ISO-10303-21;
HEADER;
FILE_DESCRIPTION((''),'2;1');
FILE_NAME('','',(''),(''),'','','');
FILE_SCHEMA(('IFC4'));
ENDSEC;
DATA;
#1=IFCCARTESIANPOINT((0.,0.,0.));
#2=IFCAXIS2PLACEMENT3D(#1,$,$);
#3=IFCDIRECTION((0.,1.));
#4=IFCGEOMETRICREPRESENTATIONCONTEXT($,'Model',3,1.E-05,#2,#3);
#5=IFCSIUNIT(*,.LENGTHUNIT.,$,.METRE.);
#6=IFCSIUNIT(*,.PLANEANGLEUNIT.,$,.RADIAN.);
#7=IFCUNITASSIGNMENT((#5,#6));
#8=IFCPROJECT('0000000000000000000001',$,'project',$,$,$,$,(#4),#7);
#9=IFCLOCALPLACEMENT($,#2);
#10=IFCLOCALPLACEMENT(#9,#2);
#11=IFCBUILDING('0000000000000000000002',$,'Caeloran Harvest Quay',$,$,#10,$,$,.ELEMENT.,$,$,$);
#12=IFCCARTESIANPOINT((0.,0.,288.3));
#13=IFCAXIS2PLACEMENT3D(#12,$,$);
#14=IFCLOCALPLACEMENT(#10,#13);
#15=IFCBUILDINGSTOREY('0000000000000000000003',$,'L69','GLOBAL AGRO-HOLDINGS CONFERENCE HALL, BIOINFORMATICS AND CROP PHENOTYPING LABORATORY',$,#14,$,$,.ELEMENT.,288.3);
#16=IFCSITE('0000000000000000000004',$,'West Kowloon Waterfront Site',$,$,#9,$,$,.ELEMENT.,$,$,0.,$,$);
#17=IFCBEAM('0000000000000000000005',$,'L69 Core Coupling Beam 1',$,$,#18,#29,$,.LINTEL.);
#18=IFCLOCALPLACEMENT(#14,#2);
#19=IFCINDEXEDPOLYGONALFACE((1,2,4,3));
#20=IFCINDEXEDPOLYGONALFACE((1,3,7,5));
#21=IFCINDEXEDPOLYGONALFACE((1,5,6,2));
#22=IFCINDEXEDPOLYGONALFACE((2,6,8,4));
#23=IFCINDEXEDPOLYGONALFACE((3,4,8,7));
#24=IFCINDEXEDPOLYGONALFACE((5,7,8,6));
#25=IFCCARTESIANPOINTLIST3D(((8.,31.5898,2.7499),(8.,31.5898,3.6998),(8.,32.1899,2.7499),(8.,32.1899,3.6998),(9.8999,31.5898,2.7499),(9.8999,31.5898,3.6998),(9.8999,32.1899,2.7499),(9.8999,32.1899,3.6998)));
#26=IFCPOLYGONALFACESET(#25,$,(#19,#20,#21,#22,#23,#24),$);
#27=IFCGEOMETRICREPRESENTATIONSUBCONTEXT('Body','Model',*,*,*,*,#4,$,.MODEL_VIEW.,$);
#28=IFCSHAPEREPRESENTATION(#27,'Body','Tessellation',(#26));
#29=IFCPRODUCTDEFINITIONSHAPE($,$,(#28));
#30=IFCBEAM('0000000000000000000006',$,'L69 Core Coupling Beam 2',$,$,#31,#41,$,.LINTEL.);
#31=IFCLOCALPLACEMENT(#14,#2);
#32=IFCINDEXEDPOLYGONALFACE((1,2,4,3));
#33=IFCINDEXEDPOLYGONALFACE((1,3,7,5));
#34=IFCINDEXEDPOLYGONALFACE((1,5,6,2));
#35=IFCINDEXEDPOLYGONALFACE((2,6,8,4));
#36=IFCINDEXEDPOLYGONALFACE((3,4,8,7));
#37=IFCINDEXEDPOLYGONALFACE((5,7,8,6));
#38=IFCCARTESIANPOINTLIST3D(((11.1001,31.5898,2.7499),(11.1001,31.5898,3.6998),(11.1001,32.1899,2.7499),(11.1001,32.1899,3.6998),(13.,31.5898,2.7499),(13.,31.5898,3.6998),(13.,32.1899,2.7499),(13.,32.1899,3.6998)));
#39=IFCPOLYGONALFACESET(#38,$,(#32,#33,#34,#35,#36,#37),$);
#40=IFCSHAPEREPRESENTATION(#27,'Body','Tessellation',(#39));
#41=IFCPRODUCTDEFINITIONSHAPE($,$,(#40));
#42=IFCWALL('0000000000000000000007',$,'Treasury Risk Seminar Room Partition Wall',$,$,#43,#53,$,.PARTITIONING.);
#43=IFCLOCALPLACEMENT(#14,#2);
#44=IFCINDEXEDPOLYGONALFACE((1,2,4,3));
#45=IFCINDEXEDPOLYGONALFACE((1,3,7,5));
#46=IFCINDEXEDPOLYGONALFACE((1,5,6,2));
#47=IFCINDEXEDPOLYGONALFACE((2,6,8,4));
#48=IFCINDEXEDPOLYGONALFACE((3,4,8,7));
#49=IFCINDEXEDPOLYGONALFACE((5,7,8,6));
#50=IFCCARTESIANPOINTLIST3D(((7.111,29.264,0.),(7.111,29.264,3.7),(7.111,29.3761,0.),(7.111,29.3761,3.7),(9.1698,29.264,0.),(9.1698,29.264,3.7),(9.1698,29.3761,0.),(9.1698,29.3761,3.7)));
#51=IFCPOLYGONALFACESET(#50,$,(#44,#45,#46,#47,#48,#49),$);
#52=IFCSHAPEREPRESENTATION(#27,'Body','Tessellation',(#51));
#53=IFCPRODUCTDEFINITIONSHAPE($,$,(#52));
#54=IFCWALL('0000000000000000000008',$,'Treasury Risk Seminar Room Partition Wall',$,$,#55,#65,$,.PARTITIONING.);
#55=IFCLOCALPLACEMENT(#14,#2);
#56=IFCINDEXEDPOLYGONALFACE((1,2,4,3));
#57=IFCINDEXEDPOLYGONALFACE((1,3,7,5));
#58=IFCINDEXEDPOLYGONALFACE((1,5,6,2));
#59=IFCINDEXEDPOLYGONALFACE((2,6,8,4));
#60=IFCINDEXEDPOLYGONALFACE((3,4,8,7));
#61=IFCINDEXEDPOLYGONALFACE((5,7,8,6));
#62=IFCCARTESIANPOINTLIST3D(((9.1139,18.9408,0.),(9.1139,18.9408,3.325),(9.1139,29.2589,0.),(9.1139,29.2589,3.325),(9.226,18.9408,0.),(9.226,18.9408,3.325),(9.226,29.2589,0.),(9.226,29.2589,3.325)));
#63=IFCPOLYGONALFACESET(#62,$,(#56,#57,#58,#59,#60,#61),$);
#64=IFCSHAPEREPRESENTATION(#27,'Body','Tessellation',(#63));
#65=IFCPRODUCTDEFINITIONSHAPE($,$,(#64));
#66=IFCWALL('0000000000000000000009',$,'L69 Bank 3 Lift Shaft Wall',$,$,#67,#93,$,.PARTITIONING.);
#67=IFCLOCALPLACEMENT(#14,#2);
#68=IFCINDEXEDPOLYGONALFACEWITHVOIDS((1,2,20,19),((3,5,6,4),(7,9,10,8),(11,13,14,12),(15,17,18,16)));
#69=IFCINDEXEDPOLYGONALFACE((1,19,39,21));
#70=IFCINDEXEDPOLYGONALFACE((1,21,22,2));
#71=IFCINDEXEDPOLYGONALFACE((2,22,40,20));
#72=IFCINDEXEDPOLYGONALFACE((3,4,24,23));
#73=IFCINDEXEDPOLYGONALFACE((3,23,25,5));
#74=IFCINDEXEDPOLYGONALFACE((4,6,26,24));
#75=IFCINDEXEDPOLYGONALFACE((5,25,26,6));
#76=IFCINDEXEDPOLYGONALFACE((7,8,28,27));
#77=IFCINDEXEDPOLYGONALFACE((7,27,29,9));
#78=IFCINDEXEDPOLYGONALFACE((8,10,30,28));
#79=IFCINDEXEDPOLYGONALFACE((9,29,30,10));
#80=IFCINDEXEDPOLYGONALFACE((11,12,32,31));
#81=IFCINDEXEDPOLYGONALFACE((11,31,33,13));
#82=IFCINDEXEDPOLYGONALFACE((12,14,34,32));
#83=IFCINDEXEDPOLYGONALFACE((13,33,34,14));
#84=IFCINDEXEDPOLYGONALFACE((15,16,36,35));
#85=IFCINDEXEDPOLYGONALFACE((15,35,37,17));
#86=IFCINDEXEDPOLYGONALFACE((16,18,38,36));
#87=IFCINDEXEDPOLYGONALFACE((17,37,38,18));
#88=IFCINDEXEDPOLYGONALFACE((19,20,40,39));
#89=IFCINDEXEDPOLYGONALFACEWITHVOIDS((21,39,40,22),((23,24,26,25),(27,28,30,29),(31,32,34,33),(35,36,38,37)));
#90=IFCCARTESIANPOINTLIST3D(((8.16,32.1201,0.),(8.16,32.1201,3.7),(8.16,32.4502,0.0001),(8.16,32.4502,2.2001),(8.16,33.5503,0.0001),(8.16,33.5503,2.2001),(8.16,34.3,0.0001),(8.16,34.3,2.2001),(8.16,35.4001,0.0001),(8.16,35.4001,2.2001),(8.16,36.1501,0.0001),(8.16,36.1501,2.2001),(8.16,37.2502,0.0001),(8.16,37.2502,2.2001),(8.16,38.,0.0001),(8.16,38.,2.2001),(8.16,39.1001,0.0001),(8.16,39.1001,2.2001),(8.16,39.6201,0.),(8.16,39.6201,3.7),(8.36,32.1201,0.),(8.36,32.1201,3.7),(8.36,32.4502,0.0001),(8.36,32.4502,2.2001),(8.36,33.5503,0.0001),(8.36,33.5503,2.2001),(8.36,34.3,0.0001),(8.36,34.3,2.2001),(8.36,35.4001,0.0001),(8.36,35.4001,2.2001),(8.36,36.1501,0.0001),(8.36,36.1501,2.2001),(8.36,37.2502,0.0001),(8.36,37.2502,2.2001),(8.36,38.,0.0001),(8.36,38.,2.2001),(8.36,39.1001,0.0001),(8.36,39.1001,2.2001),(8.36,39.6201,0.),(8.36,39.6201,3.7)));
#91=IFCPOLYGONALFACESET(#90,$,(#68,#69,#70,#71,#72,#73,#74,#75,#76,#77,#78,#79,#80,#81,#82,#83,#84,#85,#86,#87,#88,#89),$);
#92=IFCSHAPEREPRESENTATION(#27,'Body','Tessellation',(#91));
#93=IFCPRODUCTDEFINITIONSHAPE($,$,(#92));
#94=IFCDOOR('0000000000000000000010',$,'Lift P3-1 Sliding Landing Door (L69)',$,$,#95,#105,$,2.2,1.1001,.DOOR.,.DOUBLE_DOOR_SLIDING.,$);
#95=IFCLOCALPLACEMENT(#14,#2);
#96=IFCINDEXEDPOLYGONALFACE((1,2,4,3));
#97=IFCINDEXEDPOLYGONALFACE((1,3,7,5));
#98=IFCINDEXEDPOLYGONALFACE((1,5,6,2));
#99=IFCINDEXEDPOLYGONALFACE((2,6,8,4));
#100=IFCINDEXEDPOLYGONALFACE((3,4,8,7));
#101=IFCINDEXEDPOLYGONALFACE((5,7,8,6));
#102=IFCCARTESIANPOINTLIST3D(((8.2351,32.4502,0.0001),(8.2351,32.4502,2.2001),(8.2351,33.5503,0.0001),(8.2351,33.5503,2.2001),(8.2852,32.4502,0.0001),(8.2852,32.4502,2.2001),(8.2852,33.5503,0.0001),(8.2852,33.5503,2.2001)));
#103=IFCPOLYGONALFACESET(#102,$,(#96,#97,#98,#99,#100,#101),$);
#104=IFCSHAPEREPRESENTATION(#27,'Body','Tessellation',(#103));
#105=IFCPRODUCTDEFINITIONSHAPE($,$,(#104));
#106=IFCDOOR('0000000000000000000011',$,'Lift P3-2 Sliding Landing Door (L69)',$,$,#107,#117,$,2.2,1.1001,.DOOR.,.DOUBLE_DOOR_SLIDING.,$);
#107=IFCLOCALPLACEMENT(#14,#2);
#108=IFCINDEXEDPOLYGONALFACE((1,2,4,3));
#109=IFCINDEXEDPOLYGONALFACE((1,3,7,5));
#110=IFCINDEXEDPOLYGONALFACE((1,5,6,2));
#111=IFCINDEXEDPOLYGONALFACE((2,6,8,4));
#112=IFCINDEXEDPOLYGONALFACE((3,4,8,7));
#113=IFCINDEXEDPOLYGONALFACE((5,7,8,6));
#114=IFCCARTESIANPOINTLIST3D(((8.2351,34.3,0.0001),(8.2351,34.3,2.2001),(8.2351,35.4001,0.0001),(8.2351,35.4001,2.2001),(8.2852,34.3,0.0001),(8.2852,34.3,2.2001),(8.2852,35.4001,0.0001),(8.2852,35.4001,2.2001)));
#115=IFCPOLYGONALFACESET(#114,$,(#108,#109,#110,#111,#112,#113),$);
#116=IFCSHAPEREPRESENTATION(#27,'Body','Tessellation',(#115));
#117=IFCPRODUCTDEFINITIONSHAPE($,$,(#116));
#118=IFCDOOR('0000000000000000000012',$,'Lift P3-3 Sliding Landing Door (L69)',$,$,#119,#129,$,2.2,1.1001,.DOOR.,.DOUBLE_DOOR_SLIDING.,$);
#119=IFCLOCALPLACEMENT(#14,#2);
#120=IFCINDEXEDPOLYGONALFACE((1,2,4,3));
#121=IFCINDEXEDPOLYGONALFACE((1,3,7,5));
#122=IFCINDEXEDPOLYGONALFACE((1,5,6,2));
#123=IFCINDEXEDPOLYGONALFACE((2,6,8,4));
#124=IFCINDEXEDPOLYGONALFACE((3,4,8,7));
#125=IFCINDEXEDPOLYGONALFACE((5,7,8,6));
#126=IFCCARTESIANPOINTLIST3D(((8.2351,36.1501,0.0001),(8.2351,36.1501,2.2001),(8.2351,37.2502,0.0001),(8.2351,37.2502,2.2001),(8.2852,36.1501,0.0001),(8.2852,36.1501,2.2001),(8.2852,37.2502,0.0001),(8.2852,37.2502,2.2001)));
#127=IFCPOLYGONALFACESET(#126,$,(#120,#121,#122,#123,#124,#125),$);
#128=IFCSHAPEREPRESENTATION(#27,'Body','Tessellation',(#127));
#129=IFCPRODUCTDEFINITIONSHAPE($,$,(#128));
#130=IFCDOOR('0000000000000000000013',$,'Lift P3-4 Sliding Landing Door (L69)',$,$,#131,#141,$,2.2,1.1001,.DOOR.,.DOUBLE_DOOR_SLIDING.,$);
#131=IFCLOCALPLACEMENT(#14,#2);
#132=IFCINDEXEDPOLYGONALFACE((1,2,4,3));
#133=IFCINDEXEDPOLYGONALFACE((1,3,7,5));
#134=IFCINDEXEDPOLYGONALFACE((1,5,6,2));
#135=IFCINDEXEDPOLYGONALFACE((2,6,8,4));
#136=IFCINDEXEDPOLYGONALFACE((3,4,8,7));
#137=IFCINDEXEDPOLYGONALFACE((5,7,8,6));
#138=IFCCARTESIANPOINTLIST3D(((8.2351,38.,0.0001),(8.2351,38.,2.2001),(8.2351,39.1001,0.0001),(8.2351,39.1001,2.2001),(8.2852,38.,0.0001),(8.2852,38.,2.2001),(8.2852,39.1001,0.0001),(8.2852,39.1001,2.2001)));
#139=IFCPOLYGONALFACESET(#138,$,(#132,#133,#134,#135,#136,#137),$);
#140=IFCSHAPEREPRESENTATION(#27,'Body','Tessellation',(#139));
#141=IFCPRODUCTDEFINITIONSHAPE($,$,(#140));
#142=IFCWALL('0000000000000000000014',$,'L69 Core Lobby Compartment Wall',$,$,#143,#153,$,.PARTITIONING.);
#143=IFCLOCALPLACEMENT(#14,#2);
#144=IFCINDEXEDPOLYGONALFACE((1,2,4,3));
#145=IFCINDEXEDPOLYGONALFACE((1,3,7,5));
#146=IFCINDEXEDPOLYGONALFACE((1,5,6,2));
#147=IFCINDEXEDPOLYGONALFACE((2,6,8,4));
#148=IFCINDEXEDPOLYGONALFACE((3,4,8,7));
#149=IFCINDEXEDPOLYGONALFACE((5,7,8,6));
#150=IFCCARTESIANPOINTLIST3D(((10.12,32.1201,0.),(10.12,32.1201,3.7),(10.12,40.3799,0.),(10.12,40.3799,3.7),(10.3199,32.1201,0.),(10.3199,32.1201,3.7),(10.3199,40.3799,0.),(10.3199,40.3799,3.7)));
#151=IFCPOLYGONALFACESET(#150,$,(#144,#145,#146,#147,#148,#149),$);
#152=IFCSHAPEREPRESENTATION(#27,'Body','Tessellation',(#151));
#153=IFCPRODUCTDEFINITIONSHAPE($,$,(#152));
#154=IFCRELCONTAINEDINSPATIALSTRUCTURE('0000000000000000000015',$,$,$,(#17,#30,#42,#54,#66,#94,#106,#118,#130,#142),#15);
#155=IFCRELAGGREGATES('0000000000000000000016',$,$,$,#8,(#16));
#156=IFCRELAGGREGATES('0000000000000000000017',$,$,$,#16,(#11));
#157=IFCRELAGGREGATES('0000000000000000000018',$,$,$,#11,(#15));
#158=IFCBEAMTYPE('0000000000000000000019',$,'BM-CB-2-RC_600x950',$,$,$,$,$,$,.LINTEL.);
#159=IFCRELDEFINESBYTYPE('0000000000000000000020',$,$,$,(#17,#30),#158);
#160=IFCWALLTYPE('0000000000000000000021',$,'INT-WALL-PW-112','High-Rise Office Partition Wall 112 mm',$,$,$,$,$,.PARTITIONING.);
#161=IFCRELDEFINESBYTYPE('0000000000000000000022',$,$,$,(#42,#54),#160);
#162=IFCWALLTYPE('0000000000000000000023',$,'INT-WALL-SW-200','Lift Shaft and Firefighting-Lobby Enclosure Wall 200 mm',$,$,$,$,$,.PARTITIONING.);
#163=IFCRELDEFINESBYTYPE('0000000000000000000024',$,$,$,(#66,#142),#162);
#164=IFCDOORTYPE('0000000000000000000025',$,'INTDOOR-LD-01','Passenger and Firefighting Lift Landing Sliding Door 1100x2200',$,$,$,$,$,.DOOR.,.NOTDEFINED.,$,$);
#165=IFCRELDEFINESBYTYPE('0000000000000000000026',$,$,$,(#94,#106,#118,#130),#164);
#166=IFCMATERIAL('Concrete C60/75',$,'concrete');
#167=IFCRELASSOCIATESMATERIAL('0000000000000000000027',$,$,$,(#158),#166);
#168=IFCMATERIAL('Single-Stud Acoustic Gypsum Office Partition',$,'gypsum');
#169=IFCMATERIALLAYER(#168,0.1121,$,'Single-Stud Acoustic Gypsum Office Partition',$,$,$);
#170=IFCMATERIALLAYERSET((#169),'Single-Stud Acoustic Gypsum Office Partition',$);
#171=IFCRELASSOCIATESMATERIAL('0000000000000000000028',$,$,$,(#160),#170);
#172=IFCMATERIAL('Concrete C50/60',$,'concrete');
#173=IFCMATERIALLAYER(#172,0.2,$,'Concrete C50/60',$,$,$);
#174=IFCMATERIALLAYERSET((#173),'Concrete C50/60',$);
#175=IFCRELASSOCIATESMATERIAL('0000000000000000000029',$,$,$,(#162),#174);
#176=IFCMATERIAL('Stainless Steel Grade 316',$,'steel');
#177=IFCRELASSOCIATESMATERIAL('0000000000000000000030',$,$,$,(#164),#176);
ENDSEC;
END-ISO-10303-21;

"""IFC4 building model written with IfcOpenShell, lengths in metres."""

from ifc_helpers import new_model, si_unit, direction, frame, frame_2d, origin, origin_2d, place, context, subcontext, project, spatial, rectangle, extrude, material, layer, layer_set, material_profile, profile_set, type_object, element, fill, save


model = new_model("IFC4")

# Units and contexts
model_context = context("Model", 3, precision=1e-05, world=origin(), true_north=direction((0.0, 1.0)))
body_context = subcontext(model_context, "Body", "Model", "MODEL_VIEW")
ifc_project = project(units=[si_unit("LENGTHUNIT", "METRE"), si_unit("PLANEANGLEUNIT", "RADIAN")], contexts=[model_context])

# Site, building, storey
site_placement = place(None, origin())
site = spatial("IfcSite", under=ifc_project, at=site_placement, Name="West Kowloon Waterfront Site", CompositionType="ELEMENT", RefElevation=0.0)
building_placement = place(site_placement, origin())
building = spatial("IfcBuilding", under=site, at=building_placement, Name="Caeloran Harvest Quay", CompositionType="ELEMENT")
storey_placement = place(building_placement, frame((0.0, 0.0, 288.3)))
storey = spatial("IfcBuildingStorey", under=building, at=storey_placement, Name="L69", Description="GLOBAL AGRO-HOLDINGS CONFERENCE HALL, BIOINFORMATICS AND CROP PHENOTYPING LABORATORY", CompositionType="ELEMENT", Elevation=288.3)

# Beams
ifc_material_1 = material(Name="Concrete C60/75", Category="concrete")
ifc_material_profile = material_profile(ifc_material_1, rectangle(XDim=0.6001, YDim=0.95, at=origin_2d()), Name="RC 600x950")
ifc_profile_set = profile_set([ifc_material_profile], Name="Concrete C60/75")
beam_type = type_object("IfcBeamType", Name="BM-CB-2-RC_600x950", PredefinedType="LINTEL", material=ifc_profile_set)
for number, where, z_axis, x_axis, name in (
    (1, (8.0, 31.8899, 3.2249), (1.0, 0.0, 0.0), (0.0, 1.0, 0.0), "L69 Core Coupling Beam 1"),
    (2, (11.1001, 31.8899, 3.2249), (1.0, 0.0, 0.0), (0.0, 1.0, 0.0), "L69 Core Coupling Beam 2"),
):
    element("IfcBeam", number, at=place(storey_placement, frame(where, z_axis=z_axis, x_axis=x_axis)), inside=storey, type_object=beam_type, Name=name, PredefinedType="LINTEL", context=body_context, shape_type="SweptSolid", body=[
        extrude(rectangle(XDim=0.6001, YDim=0.95, at=origin_2d()), origin(), (0.0, 0.0, 1.0), 1.8999),
    ])

# Walls
ifc_material_2 = material(Name="Single-Stud Acoustic Gypsum Office Partition", Category="gypsum")
ifc_layer_1 = layer(ifc_material_2, 0.1121, Name="Single-Stud Acoustic Gypsum Office Partition")
ifc_layer_set_1 = layer_set([ifc_layer_1], Name="Single-Stud Acoustic Gypsum Office Partition")
wall_type_1 = type_object("IfcWallType", Name="INT-WALL-PW-112", Description="High-Rise Office Partition Wall 112 mm", PredefinedType="PARTITIONING", material=ifc_layer_set_1)
wall_1_placement = place(storey_placement, frame((7.1111, 29.3201, 0.0), z_axis=(0.0, 0.0, 1.0), x_axis=(1.0, 0.0, 0.0)))
element("IfcWall", 3, at=wall_1_placement, inside=storey, type_object=wall_type_1, Name="Treasury Risk Seminar Room Partition Wall", PredefinedType="PARTITIONING", context=body_context, shape_type="SweptSolid", body=[
    extrude(rectangle(XDim=2.0588, YDim=0.1121, at=frame_2d((1.0293, 0.0))), origin(), (0.0, 0.0, 1.0), 3.7),
])
wall_2_placement = place(storey_placement, frame((9.1699, 29.259, 0.0), z_axis=(0.0, 0.0, 1.0), x_axis=(0.0, -1.0, 0.0)))
element("IfcWall", 4, at=wall_2_placement, inside=storey, type_object=wall_type_1, Name="Treasury Risk Seminar Room Partition Wall", PredefinedType="PARTITIONING", context=body_context, shape_type="SweptSolid", body=[
    extrude(rectangle(XDim=10.3181, YDim=0.1121, at=frame_2d((5.1592, 0.0))), origin(), (0.0, 0.0, 1.0), 3.325),
])

# Wall, openings, doors
ifc_material_3 = material(Name="Concrete C50/60", Category="concrete")
ifc_layer_2 = layer(ifc_material_3, 0.2, Name="Concrete C50/60")
ifc_layer_set_2 = layer_set([ifc_layer_2], Name="Concrete C50/60")
wall_type_2 = type_object("IfcWallType", Name="INT-WALL-SW-200", Description="Lift Shaft and Firefighting-Lobby Enclosure Wall 200 mm", PredefinedType="PARTITIONING", material=ifc_layer_set_2)
wall_3_placement = place(storey_placement, frame((8.26, 32.1201, 0.0), z_axis=(0.0, 0.0, 1.0), x_axis=(0.0, 1.0, 0.0)))
wall_3 = element("IfcWall", 5, at=wall_3_placement, inside=storey, type_object=wall_type_2, Name="L69 Bank 3 Lift Shaft Wall", PredefinedType="PARTITIONING", context=body_context, shape_type="SweptSolid", body=[
    extrude(rectangle(XDim=7.5, YDim=0.2, at=frame_2d((3.75, 0.0))), origin(), (0.0, 0.0, 1.0), 3.7),
])
opening_1_placement = place(wall_3_placement, frame((0.3301, 0.0, 0.0)))
opening_1 = element("IfcOpeningElement", 6, at=opening_1_placement, cuts=wall_3, PredefinedType="OPENING", context=body_context, shape_type="SweptSolid", body=[
    extrude(rectangle(XDim=1.1001, YDim=2.2, at=frame_2d((0.55, 1.1001))), frame((0.0, 0.1099, 0.0), z_axis=(0.0, -1.0, 0.0), x_axis=(1.0, 0.0, 0.0)), (0.0, 0.0, 1.0), 0.22),
])
opening_2_placement = place(wall_3_placement, frame((2.1799, 0.0, 0.0)))
opening_2 = element("IfcOpeningElement", 7, at=opening_2_placement, cuts=wall_3, PredefinedType="OPENING", context=body_context, shape_type="SweptSolid", body=[
    extrude(rectangle(XDim=1.1001, YDim=2.2, at=frame_2d((0.55, 1.1001))), frame((0.0, 0.1099, 0.0), z_axis=(0.0, -1.0, 0.0), x_axis=(1.0, 0.0, 0.0)), (0.0, 0.0, 1.0), 0.22),
])
opening_3_placement = place(wall_3_placement, frame((4.03, 0.0, 0.0)))
opening_3 = element("IfcOpeningElement", 8, at=opening_3_placement, cuts=wall_3, PredefinedType="OPENING", context=body_context, shape_type="SweptSolid", body=[
    extrude(rectangle(XDim=1.1001, YDim=2.2, at=frame_2d((0.55, 1.1001))), frame((0.0, 0.1099, 0.0), z_axis=(0.0, -1.0, 0.0), x_axis=(1.0, 0.0, 0.0)), (0.0, 0.0, 1.0), 0.22),
])
opening_4_placement = place(wall_3_placement, frame((5.8799, 0.0, 0.0)))
opening_4 = element("IfcOpeningElement", 9, at=opening_4_placement, cuts=wall_3, PredefinedType="OPENING", context=body_context, shape_type="SweptSolid", body=[
    extrude(rectangle(XDim=1.1001, YDim=2.2, at=frame_2d((0.55, 1.1001))), frame((0.0, 0.1099, 0.0), z_axis=(0.0, -1.0, 0.0), x_axis=(1.0, 0.0, 0.0)), (0.0, 0.0, 1.0), 0.22),
])
ifc_material_4 = material(Name="Stainless Steel Grade 316", Category="steel")
door_type_1 = type_object("IfcDoorType", Name="INTDOOR-LD-01", Description="Passenger and Firefighting Lift Landing Sliding Door 1100x2200", OperationType="NOTDEFINED", PredefinedType="DOOR", material=ifc_material_4)
door_1_placement = place(opening_1_placement, origin())
door_1 = element("IfcDoor", 10, at=door_1_placement, inside=storey, type_object=door_type_1, Name="Lift P3-1 Sliding Landing Door (L69)", OperationType="DOUBLE_DOOR_SLIDING", OverallHeight=2.2, OverallWidth=1.1001, PredefinedType="DOOR", context=body_context, shape_type="SweptSolid", body=[
    extrude(rectangle(XDim=1.1001, YDim=2.2, at=frame_2d((0.55, 1.1001))), frame((0.0, 0.0249, 0.0), z_axis=(0.0, -1.0, 0.0), x_axis=(1.0, 0.0, 0.0)), (0.0, 0.0, 1.0), 0.05),
])
fill(opening_1, door_1)
door_2_placement = place(opening_2_placement, origin())
door_2 = element("IfcDoor", 11, at=door_2_placement, inside=storey, type_object=door_type_1, Name="Lift P3-2 Sliding Landing Door (L69)", OperationType="DOUBLE_DOOR_SLIDING", OverallHeight=2.2, OverallWidth=1.1001, PredefinedType="DOOR", context=body_context, shape_type="SweptSolid", body=[
    extrude(rectangle(XDim=1.1001, YDim=2.2, at=frame_2d((0.55, 1.1001))), frame((0.0, 0.0249, 0.0), z_axis=(0.0, -1.0, 0.0), x_axis=(1.0, 0.0, 0.0)), (0.0, 0.0, 1.0), 0.05),
])
fill(opening_2, door_2)
door_3_placement = place(opening_3_placement, origin())
door_3 = element("IfcDoor", 12, at=door_3_placement, inside=storey, type_object=door_type_1, Name="Lift P3-3 Sliding Landing Door (L69)", OperationType="DOUBLE_DOOR_SLIDING", OverallHeight=2.2, OverallWidth=1.1001, PredefinedType="DOOR", context=body_context, shape_type="SweptSolid", body=[
    extrude(rectangle(XDim=1.1001, YDim=2.2, at=frame_2d((0.55, 1.1001))), frame((0.0, 0.0249, 0.0), z_axis=(0.0, -1.0, 0.0), x_axis=(1.0, 0.0, 0.0)), (0.0, 0.0, 1.0), 0.05),
])
fill(opening_3, door_3)
door_4_placement = place(opening_4_placement, origin())
door_4 = element("IfcDoor", 13, at=door_4_placement, inside=storey, type_object=door_type_1, Name="Lift P3-4 Sliding Landing Door (L69)", OperationType="DOUBLE_DOOR_SLIDING", OverallHeight=2.2, OverallWidth=1.1001, PredefinedType="DOOR", context=body_context, shape_type="SweptSolid", body=[
    extrude(rectangle(XDim=1.1001, YDim=2.2, at=frame_2d((0.55, 1.1001))), frame((0.0, 0.0249, 0.0), z_axis=(0.0, -1.0, 0.0), x_axis=(1.0, 0.0, 0.0)), (0.0, 0.0, 1.0), 0.05),
])
fill(opening_4, door_4)

# Wall
wall_4_placement = place(storey_placement, frame((10.22, 32.1201, 0.0), z_axis=(0.0, 0.0, 1.0), x_axis=(0.0, 1.0, 0.0)))
element("IfcWall", 14, at=wall_4_placement, inside=storey, type_object=wall_type_2, Name="L69 Core Lobby Compartment Wall", PredefinedType="PARTITIONING", context=body_context, shape_type="SweptSolid", body=[
    extrude(rectangle(XDim=8.2598, YDim=0.2, at=frame_2d((4.1299, 0.0))), origin(), (0.0, 0.0, 1.0), 3.7),
])

save(model, "model.ifc")
